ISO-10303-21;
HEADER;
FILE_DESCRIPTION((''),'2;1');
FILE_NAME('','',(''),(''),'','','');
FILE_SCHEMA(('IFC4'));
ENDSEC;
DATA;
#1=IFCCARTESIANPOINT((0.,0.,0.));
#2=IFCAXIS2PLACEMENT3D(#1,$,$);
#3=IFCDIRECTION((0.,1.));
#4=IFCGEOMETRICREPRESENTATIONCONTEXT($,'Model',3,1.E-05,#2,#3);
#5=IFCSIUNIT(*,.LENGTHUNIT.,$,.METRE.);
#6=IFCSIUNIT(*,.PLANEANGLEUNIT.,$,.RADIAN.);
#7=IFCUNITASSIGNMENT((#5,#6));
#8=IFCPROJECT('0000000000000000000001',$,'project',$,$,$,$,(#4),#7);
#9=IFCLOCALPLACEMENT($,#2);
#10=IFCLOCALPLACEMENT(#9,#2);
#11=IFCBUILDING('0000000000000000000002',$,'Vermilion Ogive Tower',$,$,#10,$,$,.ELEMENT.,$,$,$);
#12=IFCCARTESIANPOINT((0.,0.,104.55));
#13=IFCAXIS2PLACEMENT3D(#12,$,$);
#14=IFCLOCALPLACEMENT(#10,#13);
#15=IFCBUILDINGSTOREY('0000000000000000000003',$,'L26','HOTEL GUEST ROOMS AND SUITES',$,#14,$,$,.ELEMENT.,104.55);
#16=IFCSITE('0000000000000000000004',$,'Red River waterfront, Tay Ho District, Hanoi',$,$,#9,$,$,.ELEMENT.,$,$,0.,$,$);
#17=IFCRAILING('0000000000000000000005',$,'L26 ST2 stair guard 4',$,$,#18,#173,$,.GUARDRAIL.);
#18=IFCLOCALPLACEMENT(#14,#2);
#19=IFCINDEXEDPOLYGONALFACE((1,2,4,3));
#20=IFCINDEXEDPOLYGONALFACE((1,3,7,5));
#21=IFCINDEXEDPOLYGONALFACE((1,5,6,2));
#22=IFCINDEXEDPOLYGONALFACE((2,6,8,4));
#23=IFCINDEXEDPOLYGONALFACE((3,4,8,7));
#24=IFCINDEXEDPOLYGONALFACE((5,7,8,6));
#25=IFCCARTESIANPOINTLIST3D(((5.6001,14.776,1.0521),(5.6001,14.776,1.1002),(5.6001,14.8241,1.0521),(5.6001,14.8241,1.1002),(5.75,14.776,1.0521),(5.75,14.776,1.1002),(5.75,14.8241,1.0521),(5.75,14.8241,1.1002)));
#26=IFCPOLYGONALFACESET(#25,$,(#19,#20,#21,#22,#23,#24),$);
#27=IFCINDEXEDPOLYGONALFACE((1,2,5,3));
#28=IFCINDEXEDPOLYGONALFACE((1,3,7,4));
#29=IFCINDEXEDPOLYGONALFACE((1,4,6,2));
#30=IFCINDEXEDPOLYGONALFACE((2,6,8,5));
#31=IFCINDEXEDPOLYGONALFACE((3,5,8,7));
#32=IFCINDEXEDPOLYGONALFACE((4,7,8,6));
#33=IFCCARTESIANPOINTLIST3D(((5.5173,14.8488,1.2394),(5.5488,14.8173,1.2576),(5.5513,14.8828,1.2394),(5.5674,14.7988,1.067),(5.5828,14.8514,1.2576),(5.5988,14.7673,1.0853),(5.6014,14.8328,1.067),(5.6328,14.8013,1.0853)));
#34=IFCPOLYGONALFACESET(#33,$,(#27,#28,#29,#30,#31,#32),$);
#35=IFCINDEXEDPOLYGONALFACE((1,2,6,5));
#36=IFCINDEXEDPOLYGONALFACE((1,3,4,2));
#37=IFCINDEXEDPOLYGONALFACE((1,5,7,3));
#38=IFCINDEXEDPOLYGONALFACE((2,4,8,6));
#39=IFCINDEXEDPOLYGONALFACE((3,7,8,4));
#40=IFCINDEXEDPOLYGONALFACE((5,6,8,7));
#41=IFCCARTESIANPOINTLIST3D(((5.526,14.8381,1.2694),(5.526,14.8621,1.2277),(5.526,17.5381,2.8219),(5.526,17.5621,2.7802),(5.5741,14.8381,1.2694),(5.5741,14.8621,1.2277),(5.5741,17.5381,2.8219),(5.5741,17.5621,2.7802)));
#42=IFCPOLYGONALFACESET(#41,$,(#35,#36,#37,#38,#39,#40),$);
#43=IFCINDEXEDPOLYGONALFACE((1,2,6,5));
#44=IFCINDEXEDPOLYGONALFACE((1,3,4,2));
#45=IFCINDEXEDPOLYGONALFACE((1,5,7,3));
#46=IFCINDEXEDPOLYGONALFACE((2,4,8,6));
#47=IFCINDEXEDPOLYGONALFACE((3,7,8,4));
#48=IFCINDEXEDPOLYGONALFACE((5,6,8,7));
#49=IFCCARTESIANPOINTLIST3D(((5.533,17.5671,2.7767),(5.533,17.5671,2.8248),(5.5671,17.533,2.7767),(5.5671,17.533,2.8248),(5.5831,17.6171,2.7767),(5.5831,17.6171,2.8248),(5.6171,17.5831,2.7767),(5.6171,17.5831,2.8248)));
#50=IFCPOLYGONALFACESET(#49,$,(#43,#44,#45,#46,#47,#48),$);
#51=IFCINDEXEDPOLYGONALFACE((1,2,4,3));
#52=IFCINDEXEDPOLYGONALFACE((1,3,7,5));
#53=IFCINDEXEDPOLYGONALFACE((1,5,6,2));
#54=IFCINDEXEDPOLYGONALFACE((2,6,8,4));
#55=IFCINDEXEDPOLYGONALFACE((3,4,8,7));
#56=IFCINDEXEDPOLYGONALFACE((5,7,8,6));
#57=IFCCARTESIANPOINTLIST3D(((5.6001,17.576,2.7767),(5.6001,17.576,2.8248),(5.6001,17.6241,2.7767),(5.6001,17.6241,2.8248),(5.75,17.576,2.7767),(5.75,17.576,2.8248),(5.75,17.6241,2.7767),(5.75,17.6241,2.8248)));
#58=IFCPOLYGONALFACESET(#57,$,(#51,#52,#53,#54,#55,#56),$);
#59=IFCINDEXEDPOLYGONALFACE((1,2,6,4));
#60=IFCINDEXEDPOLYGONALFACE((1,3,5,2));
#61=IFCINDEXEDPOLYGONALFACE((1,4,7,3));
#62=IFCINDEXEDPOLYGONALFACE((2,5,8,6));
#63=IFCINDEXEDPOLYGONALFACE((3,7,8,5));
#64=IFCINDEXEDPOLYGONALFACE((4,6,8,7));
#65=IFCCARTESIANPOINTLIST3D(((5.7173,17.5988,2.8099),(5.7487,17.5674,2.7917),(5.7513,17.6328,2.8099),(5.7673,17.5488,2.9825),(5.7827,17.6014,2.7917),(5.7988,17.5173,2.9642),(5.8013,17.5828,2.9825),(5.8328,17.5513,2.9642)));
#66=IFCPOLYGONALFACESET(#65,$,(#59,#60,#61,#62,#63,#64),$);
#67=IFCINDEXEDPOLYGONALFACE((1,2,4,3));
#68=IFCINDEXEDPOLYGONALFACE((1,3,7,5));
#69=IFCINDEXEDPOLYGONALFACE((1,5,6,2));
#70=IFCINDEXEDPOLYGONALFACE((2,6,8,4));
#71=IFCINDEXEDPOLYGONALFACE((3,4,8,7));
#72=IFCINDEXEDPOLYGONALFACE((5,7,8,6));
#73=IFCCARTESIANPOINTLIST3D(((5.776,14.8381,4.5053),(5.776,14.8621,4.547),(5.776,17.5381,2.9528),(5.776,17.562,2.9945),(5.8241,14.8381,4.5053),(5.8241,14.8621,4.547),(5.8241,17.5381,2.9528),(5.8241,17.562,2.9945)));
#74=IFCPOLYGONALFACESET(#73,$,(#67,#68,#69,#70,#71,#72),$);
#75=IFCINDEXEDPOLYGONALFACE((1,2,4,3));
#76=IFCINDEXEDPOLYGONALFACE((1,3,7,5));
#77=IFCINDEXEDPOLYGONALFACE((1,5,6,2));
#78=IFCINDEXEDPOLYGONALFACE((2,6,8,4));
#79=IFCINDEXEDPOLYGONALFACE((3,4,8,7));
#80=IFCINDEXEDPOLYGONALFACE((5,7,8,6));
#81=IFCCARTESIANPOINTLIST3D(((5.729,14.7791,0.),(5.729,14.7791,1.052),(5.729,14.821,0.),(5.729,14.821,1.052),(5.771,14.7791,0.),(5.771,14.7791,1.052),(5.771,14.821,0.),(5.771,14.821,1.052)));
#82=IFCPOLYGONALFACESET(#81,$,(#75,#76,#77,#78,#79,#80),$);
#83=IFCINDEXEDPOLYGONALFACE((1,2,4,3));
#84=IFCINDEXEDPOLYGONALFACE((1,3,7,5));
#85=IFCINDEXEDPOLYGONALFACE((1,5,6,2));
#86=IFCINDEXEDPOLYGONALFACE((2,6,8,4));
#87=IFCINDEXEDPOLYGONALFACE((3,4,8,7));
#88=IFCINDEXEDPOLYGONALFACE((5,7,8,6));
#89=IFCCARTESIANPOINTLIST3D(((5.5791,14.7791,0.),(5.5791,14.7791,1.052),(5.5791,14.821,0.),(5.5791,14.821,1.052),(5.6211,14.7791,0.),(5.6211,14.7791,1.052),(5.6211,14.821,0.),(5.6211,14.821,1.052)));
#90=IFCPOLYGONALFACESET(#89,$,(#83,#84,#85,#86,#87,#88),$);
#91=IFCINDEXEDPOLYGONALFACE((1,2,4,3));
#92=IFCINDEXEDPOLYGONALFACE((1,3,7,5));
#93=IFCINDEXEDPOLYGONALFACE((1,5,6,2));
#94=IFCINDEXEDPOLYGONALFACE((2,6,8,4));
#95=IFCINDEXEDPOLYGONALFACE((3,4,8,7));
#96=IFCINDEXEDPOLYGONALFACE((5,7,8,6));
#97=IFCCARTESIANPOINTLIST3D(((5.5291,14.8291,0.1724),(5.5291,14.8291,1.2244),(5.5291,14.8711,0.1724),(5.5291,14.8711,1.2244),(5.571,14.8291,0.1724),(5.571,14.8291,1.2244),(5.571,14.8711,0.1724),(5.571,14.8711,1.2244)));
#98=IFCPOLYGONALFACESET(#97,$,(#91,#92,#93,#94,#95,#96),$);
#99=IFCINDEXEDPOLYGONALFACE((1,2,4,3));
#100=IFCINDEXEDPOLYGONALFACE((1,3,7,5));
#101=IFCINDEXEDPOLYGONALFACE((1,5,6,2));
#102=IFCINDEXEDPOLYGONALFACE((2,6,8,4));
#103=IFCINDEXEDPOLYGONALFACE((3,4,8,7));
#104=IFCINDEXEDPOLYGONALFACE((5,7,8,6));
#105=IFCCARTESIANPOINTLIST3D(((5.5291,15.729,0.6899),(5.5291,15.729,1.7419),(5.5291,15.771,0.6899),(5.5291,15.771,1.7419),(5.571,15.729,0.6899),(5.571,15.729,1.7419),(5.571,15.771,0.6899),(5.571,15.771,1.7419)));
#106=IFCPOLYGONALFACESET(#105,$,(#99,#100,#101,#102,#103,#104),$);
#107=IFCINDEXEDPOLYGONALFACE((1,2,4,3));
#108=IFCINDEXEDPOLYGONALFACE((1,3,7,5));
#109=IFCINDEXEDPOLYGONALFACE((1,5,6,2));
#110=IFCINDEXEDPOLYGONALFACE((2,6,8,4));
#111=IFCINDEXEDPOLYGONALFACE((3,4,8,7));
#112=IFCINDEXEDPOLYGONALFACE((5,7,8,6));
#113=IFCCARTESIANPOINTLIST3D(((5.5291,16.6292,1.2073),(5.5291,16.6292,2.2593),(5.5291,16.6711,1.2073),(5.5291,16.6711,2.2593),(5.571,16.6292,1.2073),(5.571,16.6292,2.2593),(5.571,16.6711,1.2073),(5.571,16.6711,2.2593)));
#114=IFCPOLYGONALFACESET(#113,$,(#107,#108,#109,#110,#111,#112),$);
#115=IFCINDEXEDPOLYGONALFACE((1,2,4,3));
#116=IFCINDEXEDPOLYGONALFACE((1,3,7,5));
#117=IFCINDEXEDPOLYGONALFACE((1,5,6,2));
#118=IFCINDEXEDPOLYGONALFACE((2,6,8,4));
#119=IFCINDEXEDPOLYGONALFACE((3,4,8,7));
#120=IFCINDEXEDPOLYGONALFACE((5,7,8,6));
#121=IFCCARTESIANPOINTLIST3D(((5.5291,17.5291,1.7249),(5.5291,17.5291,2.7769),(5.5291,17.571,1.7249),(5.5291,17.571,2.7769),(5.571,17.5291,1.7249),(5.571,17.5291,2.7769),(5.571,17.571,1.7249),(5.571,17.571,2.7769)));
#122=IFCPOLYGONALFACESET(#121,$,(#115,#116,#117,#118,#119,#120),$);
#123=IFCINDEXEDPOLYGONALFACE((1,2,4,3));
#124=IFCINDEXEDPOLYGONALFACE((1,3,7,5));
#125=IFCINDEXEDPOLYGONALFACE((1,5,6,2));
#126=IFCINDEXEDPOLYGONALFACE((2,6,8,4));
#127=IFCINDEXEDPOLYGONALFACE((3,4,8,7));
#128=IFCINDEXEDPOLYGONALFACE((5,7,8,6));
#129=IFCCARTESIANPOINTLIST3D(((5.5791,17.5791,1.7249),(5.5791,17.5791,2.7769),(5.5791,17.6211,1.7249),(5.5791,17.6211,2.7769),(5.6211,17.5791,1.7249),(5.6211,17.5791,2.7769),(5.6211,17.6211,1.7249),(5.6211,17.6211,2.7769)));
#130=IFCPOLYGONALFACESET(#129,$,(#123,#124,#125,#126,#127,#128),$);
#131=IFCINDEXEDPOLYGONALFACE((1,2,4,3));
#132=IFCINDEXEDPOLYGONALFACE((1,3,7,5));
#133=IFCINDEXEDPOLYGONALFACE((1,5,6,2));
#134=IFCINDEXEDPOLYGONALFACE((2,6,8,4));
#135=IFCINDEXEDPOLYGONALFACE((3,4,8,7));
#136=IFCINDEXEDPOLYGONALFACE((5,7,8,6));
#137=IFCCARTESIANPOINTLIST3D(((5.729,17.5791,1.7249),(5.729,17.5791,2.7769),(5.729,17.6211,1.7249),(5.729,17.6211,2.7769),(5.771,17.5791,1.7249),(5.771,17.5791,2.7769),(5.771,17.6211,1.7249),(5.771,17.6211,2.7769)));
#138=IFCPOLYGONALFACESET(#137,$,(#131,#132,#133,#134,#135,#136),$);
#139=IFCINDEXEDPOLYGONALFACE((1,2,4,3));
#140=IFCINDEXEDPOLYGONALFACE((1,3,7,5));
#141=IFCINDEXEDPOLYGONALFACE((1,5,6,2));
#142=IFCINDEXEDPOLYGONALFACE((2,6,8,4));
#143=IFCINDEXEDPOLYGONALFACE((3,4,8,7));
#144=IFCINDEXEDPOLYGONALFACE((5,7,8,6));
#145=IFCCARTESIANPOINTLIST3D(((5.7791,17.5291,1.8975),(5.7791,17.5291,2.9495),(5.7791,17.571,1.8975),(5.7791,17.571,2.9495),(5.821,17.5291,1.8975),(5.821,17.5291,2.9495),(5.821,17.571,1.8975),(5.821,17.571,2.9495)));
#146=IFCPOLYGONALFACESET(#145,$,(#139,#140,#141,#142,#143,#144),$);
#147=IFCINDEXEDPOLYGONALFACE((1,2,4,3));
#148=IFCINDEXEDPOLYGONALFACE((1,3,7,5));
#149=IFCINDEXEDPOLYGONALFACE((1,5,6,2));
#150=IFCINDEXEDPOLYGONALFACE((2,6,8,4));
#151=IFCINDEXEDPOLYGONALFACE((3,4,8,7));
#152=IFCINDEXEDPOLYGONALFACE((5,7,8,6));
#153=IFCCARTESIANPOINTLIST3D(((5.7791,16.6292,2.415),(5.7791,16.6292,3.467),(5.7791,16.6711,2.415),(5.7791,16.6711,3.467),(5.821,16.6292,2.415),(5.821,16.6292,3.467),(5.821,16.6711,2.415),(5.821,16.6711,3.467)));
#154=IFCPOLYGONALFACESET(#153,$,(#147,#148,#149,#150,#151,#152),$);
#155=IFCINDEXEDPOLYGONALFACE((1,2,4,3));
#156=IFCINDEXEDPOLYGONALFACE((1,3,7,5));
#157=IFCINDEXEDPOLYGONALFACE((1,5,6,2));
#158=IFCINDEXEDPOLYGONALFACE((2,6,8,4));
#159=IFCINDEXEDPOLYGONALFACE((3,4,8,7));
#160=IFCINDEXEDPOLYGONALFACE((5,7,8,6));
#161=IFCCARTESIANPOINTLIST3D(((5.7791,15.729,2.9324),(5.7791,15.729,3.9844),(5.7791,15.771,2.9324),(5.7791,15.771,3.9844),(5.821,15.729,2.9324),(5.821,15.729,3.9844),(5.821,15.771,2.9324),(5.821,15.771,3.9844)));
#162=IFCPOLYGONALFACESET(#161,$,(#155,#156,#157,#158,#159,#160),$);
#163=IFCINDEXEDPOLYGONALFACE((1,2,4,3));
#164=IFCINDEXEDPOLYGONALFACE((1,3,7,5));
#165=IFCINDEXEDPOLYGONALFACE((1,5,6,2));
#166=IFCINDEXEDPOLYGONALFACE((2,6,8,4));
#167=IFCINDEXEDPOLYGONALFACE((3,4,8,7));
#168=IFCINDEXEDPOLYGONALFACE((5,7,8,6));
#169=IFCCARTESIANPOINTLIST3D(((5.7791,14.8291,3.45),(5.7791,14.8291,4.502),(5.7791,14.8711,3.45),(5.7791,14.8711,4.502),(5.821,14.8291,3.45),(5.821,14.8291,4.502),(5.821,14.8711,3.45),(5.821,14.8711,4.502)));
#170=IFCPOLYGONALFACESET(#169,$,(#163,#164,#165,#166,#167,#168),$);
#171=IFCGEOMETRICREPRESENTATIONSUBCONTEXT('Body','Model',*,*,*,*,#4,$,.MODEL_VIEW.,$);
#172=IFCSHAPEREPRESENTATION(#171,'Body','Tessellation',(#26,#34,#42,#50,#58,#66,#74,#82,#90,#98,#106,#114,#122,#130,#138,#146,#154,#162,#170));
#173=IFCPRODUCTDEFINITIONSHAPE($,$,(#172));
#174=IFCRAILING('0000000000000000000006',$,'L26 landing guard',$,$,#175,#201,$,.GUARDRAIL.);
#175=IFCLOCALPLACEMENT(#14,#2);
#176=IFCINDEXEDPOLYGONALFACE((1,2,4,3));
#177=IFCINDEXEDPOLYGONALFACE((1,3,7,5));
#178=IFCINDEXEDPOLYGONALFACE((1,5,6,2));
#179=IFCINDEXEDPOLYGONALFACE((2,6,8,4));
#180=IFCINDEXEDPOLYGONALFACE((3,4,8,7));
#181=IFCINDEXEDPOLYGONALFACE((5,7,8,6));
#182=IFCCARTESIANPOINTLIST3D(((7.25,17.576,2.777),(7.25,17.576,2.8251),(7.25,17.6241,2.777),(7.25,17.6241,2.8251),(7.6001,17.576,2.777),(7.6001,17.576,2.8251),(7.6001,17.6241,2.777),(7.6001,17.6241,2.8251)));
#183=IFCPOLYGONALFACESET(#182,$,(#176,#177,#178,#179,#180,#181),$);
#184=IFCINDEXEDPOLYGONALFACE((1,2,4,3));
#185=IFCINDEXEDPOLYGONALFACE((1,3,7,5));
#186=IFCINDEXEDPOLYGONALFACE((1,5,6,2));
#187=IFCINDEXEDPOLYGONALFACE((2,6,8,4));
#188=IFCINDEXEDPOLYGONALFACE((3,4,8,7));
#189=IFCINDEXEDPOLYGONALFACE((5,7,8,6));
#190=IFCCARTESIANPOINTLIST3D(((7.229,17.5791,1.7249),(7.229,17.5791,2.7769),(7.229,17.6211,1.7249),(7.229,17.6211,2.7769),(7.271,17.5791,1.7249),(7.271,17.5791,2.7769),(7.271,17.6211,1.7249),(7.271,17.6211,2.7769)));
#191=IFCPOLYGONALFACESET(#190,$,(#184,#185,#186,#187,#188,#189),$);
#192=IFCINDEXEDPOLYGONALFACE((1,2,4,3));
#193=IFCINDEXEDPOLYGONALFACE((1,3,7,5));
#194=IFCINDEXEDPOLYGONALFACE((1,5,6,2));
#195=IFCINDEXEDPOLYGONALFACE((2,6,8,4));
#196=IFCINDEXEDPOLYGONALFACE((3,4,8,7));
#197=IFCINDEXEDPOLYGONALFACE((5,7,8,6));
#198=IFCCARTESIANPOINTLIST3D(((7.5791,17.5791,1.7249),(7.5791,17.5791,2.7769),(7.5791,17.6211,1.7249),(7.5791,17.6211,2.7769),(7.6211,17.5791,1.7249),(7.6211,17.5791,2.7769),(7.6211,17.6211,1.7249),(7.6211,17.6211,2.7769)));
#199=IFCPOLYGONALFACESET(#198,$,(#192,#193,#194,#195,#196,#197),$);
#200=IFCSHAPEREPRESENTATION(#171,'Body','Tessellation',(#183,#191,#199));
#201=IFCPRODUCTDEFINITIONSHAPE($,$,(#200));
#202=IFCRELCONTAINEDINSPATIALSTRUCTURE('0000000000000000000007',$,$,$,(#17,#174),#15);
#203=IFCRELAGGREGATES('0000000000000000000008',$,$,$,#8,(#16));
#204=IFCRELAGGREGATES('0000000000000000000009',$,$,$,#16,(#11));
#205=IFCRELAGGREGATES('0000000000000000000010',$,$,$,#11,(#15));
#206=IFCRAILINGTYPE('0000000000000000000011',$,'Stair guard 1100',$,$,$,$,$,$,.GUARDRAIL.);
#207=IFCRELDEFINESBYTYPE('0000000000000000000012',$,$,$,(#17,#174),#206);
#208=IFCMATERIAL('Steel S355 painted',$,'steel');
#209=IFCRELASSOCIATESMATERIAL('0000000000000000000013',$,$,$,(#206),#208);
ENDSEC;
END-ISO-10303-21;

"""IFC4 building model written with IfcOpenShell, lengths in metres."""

from ifc_helpers import new_model, si_unit, direction, frame, origin, origin_2d, place, context, subcontext, project, spatial, rectangle, extrude, material, type_object, element, save


model = new_model("IFC4")

# Units and contexts
model_context = context("Model", 3, precision=1e-05, world=origin(), true_north=direction((0.0, 1.0)))
body_context = subcontext(model_context, "Body", "Model", "MODEL_VIEW")
ifc_project = project(units=[si_unit("LENGTHUNIT", "METRE"), si_unit("PLANEANGLEUNIT", "RADIAN")], contexts=[model_context])

# Site, building, storey
site_placement = place(None, origin())
site = spatial("IfcSite", under=ifc_project, at=site_placement, Name="Red River waterfront, Tay Ho District, Hanoi", CompositionType="ELEMENT", RefElevation=0.0)
building_placement = place(site_placement, origin())
building = spatial("IfcBuilding", under=site, at=building_placement, Name="Vermilion Ogive Tower", CompositionType="ELEMENT")
storey_placement = place(building_placement, frame((0.0, 0.0, 104.55)))
storey = spatial("IfcBuildingStorey", under=building, at=storey_placement, Name="L26", Description="HOTEL GUEST ROOMS AND SUITES", CompositionType="ELEMENT", Elevation=104.55)

# Railings
ifc_material_1 = material(Name="Steel S355 painted", Category="steel")
railing_type_1 = type_object("IfcRailingType", Name="Stair guard 1100", PredefinedType="GUARDRAIL", material=ifc_material_1)
railing_1_placement = place(storey_placement, frame((5.75, 14.8, 0.0)))
element("IfcRailing", 1, at=railing_1_placement, inside=storey, type_object=railing_type_1, Name="L26 ST2 stair guard 4", PredefinedType="GUARDRAIL", context=body_context, shape_type="SweptSolid", body=[
    extrude(rectangle(XDim=0.0481, YDim=0.0481, at=origin_2d()), frame((0.0, 0.0, 1.0762), z_axis=(-1.0, 0.0, 0.0), x_axis=(0.0, -1.0, 0.0)), (0.0, 0.0, 1.0), 0.1499),
    extrude(rectangle(XDim=0.0481, YDim=0.0481, at=origin_2d()), frame((-0.1499, 0.0, 1.0762), z_axis=(-0.268603, 0.268603, 0.925043), x_axis=(-0.707107, -0.707107, 0.0)), (0.0, 0.0, 1.0), 0.1863),
    extrude(rectangle(XDim=0.0481, YDim=0.0481, at=origin_2d()), frame((-0.2, 0.05, 1.2485), z_axis=(0.0, 0.866904, 0.498476), x_axis=(-1.0, 0.0, 0.0)), (0.0, 0.0, 1.0), 3.1145),
    extrude(rectangle(XDim=0.0481, YDim=0.0481, at=origin_2d()), frame((-0.2, 2.75, 2.8008), z_axis=(0.707107, 0.707107, 0.0), x_axis=(-0.707107, 0.707107, 0.0)), (0.0, 0.0, 1.0), 0.0708),
    extrude(rectangle(XDim=0.0481, YDim=0.0481, at=origin_2d()), frame((-0.1499, 2.8, 2.8008), z_axis=(1.0, 0.0, 0.0), x_axis=(0.0, 1.0, 0.0)), (0.0, 0.0, 1.0), 0.1499),
    extrude(rectangle(XDim=0.0481, YDim=0.0481, at=origin_2d()), frame((0.0, 2.8, 2.8008), z_axis=(0.268278, -0.268278, 0.925232), x_axis=(0.707107, 0.707107, 0.0)), (0.0, 0.0, 1.0), 0.1865),
    extrude(rectangle(XDim=0.0481, YDim=0.0481, at=origin_2d()), frame((0.05, 2.75, 2.9736), z_axis=(0.0, -0.866904, 0.498476), x_axis=(1.0, 0.0, 0.0)), (0.0, 0.0, 1.0), 3.1145),
    extrude(rectangle(XDim=0.042, YDim=0.042, at=origin_2d()), origin(), (0.0, 0.0, 1.0), 1.052),
    extrude(rectangle(XDim=0.042, YDim=0.042, at=origin_2d()), frame((-0.1499, 0.0, 0.0)), (0.0, 0.0, 1.0), 1.052),
    extrude(rectangle(XDim=0.042, YDim=0.042, at=origin_2d()), frame((-0.2, 0.05, 0.1724)), (0.0, 0.0, 1.0), 1.052),
    extrude(rectangle(XDim=0.042, YDim=0.042, at=origin_2d()), frame((-0.2, 0.95, 0.6899)), (0.0, 0.0, 1.0), 1.052),
    extrude(rectangle(XDim=0.042, YDim=0.042, at=origin_2d()), frame((-0.2, 1.8501, 1.2073)), (0.0, 0.0, 1.0), 1.052),
    extrude(rectangle(XDim=0.042, YDim=0.042, at=origin_2d()), frame((-0.2, 2.75, 1.7249)), (0.0, 0.0, 1.0), 1.052),
    extrude(rectangle(XDim=0.042, YDim=0.042, at=origin_2d()), frame((-0.1499, 2.8, 1.7249)), (0.0, 0.0, 1.0), 1.052),
    extrude(rectangle(XDim=0.042, YDim=0.042, at=origin_2d()), frame((0.0, 2.8, 1.7249)), (0.0, 0.0, 1.0), 1.052),
    extrude(rectangle(XDim=0.042, YDim=0.042, at=origin_2d()), frame((0.05, 2.75, 1.8975)), (0.0, 0.0, 1.0), 1.052),
    extrude(rectangle(XDim=0.042, YDim=0.042, at=origin_2d()), frame((0.05, 1.8501, 2.415)), (0.0, 0.0, 1.0), 1.052),
    extrude(rectangle(XDim=0.042, YDim=0.042, at=origin_2d()), frame((0.05, 0.95, 2.9324)), (0.0, 0.0, 1.0), 1.052),
    extrude(rectangle(XDim=0.042, YDim=0.042, at=origin_2d()), frame((0.05, 0.05, 3.45)), (0.0, 0.0, 1.0), 1.052),
])
railing_2_placement = place(storey_placement, frame((7.25, 17.6001, 1.7249)))
element("IfcRailing", 2, at=railing_2_placement, inside=storey, type_object=railing_type_1, Name="L26 landing guard", PredefinedType="GUARDRAIL", context=body_context, shape_type="SweptSolid", body=[
    extrude(rectangle(XDim=0.0481, YDim=0.0481, at=origin_2d()), frame((0.0, 0.0, 1.0762), z_axis=(1.0, 0.0, 0.0), x_axis=(0.0, 1.0, 0.0)), (0.0, 0.0, 1.0), 0.3501),
    extrude(rectangle(XDim=0.042, YDim=0.042, at=origin_2d()), origin(), (0.0, 0.0, 1.0), 1.052),
    extrude(rectangle(XDim=0.042, YDim=0.042, at=origin_2d()), frame((0.3501, 0.0, 0.0)), (0.0, 0.0, 1.0), 1.052),
])

save(model, "model.ifc")
